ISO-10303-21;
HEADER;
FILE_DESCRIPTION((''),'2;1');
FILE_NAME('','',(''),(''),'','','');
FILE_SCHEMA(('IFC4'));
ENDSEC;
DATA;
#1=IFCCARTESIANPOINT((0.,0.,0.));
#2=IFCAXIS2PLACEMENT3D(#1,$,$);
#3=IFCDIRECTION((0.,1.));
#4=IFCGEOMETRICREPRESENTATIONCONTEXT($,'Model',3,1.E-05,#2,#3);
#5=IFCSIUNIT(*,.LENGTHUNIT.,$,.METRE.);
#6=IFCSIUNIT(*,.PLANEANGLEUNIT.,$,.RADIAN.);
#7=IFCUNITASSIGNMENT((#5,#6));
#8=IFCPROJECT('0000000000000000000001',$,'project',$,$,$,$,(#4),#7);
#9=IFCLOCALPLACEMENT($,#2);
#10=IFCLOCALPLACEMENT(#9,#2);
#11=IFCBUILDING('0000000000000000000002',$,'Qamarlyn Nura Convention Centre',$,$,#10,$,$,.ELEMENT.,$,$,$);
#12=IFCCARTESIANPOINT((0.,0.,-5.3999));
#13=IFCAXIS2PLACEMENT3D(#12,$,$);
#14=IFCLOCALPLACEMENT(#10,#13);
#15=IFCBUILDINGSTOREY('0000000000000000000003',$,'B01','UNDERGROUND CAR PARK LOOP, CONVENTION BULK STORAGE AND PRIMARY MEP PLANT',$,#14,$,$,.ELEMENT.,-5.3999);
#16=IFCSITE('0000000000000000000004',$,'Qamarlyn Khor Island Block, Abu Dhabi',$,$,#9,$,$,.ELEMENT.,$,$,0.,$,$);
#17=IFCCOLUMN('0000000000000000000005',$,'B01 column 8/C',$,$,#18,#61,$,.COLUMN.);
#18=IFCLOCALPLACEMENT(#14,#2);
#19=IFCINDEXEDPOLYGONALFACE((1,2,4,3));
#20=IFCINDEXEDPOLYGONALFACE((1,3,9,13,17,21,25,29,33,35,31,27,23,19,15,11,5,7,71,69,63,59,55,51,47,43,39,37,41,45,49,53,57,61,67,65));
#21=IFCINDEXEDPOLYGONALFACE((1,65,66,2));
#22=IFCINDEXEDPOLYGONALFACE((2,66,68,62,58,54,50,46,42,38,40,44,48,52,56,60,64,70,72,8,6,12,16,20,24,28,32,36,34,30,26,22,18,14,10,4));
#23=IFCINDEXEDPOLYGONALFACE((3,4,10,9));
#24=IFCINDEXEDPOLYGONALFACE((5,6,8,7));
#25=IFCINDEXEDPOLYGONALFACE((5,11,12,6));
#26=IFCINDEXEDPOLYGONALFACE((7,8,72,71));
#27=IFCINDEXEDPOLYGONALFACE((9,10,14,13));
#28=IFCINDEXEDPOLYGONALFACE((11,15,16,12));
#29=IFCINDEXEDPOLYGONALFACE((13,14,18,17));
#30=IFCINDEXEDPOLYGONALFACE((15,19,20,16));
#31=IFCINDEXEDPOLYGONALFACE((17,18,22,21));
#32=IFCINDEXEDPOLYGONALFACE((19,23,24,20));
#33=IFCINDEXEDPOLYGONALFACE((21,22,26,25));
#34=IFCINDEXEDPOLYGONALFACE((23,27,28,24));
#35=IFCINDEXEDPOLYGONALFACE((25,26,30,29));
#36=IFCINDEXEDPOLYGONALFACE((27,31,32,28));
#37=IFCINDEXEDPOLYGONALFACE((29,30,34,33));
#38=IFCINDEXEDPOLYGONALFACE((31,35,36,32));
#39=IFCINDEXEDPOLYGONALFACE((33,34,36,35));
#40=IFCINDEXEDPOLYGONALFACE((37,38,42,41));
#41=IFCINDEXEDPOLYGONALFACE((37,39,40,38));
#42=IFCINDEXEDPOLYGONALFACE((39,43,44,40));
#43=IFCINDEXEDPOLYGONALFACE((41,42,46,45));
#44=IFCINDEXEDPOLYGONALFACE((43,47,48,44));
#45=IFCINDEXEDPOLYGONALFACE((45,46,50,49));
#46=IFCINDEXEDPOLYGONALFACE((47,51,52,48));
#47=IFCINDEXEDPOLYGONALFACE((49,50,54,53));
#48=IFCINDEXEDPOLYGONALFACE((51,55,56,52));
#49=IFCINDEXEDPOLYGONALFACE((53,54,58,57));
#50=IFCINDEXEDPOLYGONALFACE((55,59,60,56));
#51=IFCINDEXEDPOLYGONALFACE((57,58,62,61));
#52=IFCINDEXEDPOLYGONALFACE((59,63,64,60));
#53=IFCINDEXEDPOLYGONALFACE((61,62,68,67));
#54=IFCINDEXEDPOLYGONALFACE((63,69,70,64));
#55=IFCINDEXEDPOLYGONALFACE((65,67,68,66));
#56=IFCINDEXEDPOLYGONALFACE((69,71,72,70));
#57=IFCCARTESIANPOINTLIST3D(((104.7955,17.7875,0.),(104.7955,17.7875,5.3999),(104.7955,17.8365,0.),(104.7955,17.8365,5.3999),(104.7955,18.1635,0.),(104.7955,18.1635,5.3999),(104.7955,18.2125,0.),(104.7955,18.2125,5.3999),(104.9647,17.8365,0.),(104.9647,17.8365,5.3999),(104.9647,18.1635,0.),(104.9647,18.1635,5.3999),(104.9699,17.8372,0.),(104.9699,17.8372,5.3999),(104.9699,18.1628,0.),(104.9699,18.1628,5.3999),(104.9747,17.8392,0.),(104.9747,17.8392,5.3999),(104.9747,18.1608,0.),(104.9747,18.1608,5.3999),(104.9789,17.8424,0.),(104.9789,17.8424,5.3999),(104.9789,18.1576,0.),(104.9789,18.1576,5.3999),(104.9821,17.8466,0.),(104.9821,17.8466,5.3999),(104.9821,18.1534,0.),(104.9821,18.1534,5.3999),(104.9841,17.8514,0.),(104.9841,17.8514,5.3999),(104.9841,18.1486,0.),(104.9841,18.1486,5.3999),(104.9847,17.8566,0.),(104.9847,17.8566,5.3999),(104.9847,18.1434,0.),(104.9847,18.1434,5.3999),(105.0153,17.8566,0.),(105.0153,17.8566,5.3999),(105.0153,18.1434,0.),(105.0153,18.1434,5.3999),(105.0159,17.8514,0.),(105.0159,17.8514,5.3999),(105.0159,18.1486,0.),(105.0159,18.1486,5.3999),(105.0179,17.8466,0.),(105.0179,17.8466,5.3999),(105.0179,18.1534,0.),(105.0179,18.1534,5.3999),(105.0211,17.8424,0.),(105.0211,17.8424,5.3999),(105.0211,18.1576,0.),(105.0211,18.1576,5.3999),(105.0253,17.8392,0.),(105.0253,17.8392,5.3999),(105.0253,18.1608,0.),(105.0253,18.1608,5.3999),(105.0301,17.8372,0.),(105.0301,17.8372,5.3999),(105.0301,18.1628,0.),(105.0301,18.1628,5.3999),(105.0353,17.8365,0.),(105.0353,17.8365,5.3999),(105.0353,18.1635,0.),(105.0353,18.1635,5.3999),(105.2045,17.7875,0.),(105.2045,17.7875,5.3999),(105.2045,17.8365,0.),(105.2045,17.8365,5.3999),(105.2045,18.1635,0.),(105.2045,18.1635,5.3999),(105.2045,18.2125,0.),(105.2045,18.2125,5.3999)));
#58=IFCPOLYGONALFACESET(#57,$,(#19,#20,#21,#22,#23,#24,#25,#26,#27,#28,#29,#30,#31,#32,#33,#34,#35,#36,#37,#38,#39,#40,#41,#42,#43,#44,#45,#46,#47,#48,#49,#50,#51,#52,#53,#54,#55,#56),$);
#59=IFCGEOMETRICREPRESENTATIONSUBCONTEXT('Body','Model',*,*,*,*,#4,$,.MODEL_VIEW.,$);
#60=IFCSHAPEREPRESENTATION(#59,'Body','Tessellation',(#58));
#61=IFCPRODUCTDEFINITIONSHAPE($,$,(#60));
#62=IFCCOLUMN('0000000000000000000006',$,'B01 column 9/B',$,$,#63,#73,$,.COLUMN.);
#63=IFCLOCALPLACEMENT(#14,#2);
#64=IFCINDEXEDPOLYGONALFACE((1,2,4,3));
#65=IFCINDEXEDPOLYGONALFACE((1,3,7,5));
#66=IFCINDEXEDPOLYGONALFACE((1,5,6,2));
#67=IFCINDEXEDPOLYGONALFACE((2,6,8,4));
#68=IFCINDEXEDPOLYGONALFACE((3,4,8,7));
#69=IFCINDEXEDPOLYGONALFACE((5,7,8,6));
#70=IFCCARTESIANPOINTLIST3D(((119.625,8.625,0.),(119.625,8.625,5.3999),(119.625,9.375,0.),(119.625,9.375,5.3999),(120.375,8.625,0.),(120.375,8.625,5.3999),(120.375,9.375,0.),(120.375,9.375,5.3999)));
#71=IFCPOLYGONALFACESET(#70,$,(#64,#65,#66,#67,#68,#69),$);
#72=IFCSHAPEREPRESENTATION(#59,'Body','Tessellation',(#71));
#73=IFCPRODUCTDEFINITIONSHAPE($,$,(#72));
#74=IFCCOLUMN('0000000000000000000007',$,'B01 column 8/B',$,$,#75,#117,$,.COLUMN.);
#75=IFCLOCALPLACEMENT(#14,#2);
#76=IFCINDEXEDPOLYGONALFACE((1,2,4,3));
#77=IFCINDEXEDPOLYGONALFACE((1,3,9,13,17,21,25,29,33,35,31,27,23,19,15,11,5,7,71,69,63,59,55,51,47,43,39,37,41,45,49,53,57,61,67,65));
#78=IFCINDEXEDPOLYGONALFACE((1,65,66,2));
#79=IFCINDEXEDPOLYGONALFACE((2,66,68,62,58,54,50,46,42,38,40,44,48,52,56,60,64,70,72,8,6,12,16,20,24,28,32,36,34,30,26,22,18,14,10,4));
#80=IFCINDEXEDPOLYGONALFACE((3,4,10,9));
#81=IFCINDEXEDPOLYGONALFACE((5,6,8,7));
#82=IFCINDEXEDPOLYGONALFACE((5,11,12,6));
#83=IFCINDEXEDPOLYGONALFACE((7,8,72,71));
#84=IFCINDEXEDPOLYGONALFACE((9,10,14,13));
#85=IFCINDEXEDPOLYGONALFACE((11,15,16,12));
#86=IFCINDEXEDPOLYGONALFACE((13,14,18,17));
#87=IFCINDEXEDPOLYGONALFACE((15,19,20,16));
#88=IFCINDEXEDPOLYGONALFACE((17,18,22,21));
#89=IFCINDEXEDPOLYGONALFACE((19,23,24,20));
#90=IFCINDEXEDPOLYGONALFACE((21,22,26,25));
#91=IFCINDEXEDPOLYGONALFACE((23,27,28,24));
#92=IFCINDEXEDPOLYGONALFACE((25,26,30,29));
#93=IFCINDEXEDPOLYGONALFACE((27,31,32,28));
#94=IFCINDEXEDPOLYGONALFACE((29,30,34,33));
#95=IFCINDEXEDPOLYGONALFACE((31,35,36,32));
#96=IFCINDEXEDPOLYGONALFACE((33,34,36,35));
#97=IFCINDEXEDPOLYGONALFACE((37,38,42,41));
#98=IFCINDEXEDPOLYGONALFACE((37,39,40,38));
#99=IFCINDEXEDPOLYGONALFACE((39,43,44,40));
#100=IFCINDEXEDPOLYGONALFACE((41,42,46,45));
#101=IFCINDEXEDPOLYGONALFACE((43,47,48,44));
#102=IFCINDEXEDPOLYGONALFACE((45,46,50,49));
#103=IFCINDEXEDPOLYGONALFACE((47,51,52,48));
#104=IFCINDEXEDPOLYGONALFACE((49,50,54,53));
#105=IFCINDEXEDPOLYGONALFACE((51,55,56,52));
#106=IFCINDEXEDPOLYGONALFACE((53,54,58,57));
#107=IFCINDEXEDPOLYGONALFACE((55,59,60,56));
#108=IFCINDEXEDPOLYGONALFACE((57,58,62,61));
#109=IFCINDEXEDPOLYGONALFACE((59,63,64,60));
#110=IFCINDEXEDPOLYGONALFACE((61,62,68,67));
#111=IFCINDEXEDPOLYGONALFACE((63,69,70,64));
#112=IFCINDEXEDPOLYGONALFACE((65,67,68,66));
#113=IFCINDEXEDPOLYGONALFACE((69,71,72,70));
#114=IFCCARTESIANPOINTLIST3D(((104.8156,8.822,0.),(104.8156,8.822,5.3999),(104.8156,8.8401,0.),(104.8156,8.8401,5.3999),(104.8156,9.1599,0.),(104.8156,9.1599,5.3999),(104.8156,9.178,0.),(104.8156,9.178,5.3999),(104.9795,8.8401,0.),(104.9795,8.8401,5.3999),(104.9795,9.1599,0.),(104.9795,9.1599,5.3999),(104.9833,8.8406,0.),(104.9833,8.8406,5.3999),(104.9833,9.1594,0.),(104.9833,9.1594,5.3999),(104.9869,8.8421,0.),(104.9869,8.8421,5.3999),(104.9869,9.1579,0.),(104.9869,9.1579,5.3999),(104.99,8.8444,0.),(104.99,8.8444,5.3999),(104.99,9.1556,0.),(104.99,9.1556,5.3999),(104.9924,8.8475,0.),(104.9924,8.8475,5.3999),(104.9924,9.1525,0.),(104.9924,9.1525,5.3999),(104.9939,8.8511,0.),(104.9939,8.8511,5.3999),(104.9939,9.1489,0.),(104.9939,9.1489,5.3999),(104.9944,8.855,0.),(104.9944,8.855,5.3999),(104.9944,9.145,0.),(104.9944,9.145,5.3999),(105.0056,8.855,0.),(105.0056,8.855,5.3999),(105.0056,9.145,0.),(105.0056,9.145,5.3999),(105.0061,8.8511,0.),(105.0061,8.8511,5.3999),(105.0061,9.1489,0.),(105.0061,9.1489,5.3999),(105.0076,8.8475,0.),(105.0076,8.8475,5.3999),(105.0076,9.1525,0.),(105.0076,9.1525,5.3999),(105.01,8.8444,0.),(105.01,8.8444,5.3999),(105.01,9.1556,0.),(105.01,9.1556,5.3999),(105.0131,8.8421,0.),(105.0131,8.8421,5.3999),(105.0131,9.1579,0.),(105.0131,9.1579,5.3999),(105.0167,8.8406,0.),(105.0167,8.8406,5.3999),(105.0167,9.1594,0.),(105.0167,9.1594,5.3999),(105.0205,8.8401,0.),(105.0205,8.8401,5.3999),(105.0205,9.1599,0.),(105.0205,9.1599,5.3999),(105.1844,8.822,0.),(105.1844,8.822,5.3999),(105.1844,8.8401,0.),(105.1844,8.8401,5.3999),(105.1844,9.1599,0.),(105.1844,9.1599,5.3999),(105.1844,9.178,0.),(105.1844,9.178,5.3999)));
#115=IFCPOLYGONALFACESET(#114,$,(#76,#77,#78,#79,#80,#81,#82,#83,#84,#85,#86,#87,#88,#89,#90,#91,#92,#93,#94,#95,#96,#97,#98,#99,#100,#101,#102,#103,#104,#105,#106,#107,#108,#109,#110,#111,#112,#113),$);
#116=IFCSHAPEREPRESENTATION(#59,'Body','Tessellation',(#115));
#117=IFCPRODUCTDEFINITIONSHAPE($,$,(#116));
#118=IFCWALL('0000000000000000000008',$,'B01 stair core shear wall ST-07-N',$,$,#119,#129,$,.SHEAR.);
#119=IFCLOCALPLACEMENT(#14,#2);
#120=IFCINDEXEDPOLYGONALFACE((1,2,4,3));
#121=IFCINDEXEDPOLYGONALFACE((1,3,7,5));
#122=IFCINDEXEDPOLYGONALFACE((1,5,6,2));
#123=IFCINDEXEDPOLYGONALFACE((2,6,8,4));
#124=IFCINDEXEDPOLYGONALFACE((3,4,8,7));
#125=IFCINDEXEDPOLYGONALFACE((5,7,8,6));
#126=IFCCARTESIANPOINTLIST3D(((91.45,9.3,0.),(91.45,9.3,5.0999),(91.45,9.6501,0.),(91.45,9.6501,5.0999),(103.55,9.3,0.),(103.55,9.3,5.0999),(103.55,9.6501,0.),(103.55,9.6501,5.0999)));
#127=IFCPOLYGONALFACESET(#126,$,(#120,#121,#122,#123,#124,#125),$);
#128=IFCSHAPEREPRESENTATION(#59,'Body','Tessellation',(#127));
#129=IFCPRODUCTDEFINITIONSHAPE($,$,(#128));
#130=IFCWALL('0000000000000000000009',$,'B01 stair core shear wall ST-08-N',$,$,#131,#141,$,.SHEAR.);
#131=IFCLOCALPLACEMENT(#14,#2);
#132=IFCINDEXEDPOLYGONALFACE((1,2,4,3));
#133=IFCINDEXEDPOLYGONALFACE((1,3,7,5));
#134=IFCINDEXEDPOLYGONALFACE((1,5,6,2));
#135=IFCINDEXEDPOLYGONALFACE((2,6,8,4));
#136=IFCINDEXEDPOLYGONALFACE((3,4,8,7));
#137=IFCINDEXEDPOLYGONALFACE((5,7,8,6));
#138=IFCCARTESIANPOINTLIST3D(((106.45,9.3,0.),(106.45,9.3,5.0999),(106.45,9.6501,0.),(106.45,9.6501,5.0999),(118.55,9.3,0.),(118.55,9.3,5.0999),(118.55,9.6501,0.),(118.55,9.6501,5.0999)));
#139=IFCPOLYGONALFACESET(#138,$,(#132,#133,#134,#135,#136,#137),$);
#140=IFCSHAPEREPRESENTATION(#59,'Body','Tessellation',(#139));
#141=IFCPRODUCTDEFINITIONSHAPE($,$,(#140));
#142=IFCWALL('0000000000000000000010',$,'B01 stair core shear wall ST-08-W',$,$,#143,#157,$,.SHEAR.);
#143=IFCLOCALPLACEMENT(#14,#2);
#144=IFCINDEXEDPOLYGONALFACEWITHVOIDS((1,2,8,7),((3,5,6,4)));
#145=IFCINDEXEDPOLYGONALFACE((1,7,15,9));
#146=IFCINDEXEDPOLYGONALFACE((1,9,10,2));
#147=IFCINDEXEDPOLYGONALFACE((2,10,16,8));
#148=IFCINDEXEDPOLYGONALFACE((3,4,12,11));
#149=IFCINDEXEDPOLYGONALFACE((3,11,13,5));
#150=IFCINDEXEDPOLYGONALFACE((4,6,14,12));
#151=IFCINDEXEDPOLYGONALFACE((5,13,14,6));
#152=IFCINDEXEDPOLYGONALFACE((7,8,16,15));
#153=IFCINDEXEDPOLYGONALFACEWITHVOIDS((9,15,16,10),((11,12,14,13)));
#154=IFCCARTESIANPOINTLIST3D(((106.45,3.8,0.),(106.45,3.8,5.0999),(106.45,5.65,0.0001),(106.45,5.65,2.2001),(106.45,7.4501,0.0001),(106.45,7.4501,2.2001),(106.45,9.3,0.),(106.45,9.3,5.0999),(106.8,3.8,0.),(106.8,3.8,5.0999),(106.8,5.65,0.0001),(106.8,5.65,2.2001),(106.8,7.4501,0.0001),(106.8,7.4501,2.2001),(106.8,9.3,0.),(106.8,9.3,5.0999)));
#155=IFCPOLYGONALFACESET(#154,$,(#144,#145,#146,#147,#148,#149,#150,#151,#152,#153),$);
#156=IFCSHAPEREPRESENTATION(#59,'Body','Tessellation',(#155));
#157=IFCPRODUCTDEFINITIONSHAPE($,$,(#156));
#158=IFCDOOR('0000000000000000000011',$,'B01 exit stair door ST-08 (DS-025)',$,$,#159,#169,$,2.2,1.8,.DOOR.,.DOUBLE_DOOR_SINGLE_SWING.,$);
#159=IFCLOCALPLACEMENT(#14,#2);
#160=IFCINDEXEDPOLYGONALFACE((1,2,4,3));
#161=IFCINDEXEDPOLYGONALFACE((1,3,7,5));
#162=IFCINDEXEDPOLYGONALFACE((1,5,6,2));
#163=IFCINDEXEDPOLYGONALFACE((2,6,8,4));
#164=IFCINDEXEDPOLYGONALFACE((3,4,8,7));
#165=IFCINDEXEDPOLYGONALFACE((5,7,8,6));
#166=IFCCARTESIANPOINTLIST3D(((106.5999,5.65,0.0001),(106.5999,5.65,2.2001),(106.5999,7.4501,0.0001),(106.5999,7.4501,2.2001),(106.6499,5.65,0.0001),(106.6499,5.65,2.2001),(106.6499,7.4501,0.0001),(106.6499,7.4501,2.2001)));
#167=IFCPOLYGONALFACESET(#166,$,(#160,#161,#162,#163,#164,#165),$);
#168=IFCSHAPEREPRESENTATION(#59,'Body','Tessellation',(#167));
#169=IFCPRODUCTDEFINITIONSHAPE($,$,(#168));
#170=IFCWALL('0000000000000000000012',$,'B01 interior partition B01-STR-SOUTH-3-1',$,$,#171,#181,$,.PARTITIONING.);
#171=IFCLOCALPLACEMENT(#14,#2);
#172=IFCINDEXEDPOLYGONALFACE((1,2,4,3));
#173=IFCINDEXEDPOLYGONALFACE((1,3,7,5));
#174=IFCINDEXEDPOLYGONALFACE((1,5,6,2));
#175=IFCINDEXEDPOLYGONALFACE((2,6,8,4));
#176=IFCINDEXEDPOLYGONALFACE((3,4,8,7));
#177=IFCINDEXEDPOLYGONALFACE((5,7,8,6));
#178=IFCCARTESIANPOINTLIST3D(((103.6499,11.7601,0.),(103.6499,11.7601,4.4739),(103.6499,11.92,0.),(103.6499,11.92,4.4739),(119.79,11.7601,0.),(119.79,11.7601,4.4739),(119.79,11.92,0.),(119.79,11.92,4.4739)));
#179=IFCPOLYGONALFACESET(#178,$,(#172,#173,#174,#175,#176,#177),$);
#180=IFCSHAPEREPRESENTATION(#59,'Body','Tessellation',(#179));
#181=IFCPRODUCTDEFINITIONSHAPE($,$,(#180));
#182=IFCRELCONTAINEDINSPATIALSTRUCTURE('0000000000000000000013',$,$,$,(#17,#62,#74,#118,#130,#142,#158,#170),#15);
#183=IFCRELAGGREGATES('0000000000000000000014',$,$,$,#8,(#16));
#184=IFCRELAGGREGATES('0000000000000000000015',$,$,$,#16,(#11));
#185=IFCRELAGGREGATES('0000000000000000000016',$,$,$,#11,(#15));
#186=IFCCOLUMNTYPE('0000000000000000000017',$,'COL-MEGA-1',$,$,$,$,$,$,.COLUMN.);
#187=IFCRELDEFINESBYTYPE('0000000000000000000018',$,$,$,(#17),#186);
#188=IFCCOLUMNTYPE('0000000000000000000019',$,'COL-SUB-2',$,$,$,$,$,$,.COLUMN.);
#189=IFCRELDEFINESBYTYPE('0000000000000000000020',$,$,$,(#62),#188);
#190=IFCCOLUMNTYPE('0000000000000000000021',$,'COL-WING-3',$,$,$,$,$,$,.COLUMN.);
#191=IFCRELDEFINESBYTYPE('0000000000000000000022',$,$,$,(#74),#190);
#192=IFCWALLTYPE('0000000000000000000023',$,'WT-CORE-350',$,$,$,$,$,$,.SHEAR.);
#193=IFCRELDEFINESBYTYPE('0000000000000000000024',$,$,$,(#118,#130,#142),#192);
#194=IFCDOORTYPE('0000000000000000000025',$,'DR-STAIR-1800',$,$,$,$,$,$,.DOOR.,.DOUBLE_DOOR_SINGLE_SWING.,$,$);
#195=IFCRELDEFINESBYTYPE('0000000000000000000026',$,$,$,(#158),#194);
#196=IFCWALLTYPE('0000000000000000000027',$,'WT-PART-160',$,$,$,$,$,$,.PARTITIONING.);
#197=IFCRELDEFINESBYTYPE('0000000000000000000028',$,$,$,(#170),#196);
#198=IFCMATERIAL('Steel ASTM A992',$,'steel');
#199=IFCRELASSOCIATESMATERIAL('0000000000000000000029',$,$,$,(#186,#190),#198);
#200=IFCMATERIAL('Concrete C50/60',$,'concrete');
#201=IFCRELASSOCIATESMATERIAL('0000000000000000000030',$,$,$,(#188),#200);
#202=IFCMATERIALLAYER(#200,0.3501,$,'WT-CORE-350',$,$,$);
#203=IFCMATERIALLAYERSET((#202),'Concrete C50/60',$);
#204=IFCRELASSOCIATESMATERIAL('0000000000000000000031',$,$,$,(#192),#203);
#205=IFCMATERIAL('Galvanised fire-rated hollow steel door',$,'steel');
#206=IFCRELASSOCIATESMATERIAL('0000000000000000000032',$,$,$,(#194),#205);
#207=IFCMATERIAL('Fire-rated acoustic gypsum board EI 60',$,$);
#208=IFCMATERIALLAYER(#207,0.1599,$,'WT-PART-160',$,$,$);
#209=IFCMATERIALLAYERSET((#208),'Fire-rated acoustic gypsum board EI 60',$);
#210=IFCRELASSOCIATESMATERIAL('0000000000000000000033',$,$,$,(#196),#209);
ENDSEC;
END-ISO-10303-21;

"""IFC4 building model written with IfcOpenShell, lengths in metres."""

from ifc_helpers import new_model, si_unit, direction, frame, frame_2d, origin, origin_2d, place, context, subcontext, project, spatial, rectangle, i_section, extrude, material, layer, layer_set, material_profile, profile_set, type_object, element, fill, save


model = new_model("IFC4")

# Units and contexts
model_context = context("Model", 3, precision=1e-05, world=origin(), true_north=direction((0.0, 1.0)))
body_context = subcontext(model_context, "Body", "Model", "MODEL_VIEW")
ifc_project = project(units=[si_unit("LENGTHUNIT", "METRE"), si_unit("PLANEANGLEUNIT", "RADIAN")], contexts=[model_context])

# Site, building, storey
site_placement = place(None, origin())
site = spatial("IfcSite", under=ifc_project, at=site_placement, Name="Qamarlyn Khor Island Block, Abu Dhabi", CompositionType="ELEMENT", RefElevation=0.0)
building_placement = place(site_placement, origin())
building = spatial("IfcBuilding", under=site, at=building_placement, Name="Qamarlyn Nura Convention Centre", CompositionType="ELEMENT")
storey_placement = place(building_placement, frame((0.0, 0.0, -5.3999)))
storey = spatial("IfcBuildingStorey", under=building, at=storey_placement, Name="B01", Description="UNDERGROUND CAR PARK LOOP, CONVENTION BULK STORAGE AND PRIMARY MEP PLANT", CompositionType="ELEMENT", Elevation=-5.3999)

# Columns
ifc_material_1 = material(Name="Steel ASTM A992", Category="steel")
ifc_material_profile_1 = material_profile(ifc_material_1, i_section(OverallWidth=0.4089, OverallDepth=0.425, WebThickness=0.0305, FlangeThickness=0.0491, FilletRadius=0.02, at=origin_2d()), Name="W360X421")
ifc_profile_set_1 = profile_set([ifc_material_profile_1], Name="Steel ASTM A992")
column_type_1 = type_object("IfcColumnType", Name="COL-MEGA-1", PredefinedType="COLUMN", material=ifc_profile_set_1)
column_1_placement = place(storey_placement, frame((105.0, 18.0, 0.0), z_axis=(0.0, 0.0, 1.0), x_axis=(1.0, 0.0, 0.0)))
element("IfcColumn", 1, at=column_1_placement, inside=storey, type_object=column_type_1, Name="B01 column 8/C", PredefinedType="COLUMN", context=body_context, shape_type="SweptSolid", body=[
    extrude(i_section(OverallWidth=0.4089, OverallDepth=0.425, WebThickness=0.0305, FlangeThickness=0.0491, FilletRadius=0.02, at=origin_2d()), origin(), (0.0, 0.0, 1.0), 5.3999),
])
ifc_material_2 = material(Name="Concrete C50/60", Category="concrete")
ifc_material_profile_2 = material_profile(ifc_material_2, rectangle(XDim=0.75, YDim=0.75, at=origin_2d()), Name="RC 750x750")
ifc_profile_set_2 = profile_set([ifc_material_profile_2], Name="Concrete C50/60")
column_type_2 = type_object("IfcColumnType", Name="COL-SUB-2", PredefinedType="COLUMN", material=ifc_profile_set_2)
column_2_placement = place(storey_placement, frame((120.0, 9.0, 0.0), z_axis=(0.0, 0.0, 1.0), x_axis=(1.0, 0.0, 0.0)))
element("IfcColumn", 2, at=column_2_placement, inside=storey, type_object=column_type_2, Name="B01 column 9/B", PredefinedType="COLUMN", context=body_context, shape_type="SweptSolid", body=[
    extrude(rectangle(XDim=0.75, YDim=0.75, at=origin_2d()), origin(), (0.0, 0.0, 1.0), 5.3999),
])
ifc_material_profile_3 = material_profile(ifc_material_1, i_section(OverallWidth=0.3689, OverallDepth=0.356, WebThickness=0.0112, FlangeThickness=0.0181, FilletRadius=0.0149, at=origin_2d()), Name="W360X134")
ifc_profile_set_3 = profile_set([ifc_material_profile_3], Name="Steel ASTM A992")
column_type_3 = type_object("IfcColumnType", Name="COL-WING-3", PredefinedType="COLUMN", material=ifc_profile_set_3)
column_3_placement = place(storey_placement, frame((105.0, 9.0, 0.0), z_axis=(0.0, 0.0, 1.0), x_axis=(1.0, 0.0, 0.0)))
element("IfcColumn", 3, at=column_3_placement, inside=storey, type_object=column_type_3, Name="B01 column 8/B", PredefinedType="COLUMN", context=body_context, shape_type="SweptSolid", body=[
    extrude(i_section(OverallWidth=0.3689, OverallDepth=0.356, WebThickness=0.0112, FlangeThickness=0.0181, FilletRadius=0.0149, at=origin_2d()), origin(), (0.0, 0.0, 1.0), 5.3999),
])

# Walls
ifc_layer_1 = layer(ifc_material_2, 0.3501, Name="WT-CORE-350")
ifc_layer_set_1 = layer_set([ifc_layer_1], Name="Concrete C50/60")
wall_type_1 = type_object("IfcWallType", Name="WT-CORE-350", PredefinedType="SHEAR", material=ifc_layer_set_1)
for number, where, z_axis, x_axis, name in (
    (4, (103.55, 9.4751, 0.0), (0.0, 0.0, 1.0), (-1.0, 0.0, 0.0), "B01 stair core shear wall ST-07-N"),
    (5, (118.55, 9.4751, 0.0), (0.0, 0.0, 1.0), (-1.0, 0.0, 0.0), "B01 stair core shear wall ST-08-N"),
):
    element("IfcWall", number, at=place(storey_placement, frame(where, z_axis=z_axis, x_axis=x_axis)), inside=storey, type_object=wall_type_1, Name=name, PredefinedType="SHEAR", context=body_context, shape_type="SweptSolid", body=[
        extrude(rectangle(XDim=12.1001, YDim=0.3501, at=frame_2d((6.05, 0.0))), origin(), (0.0, 0.0, 1.0), 5.0999),
    ])

# Wall, opening, door
wall_1_placement = place(storey_placement, frame((106.625, 9.3, 0.0), z_axis=(0.0, 0.0, 1.0), x_axis=(0.0, -1.0, 0.0)))
wall_1 = element("IfcWall", 6, at=wall_1_placement, inside=storey, type_object=wall_type_1, Name="B01 stair core shear wall ST-08-W", PredefinedType="SHEAR", context=body_context, shape_type="SweptSolid", body=[
    extrude(rectangle(XDim=5.5, YDim=0.3501, at=frame_2d((2.75, 0.0))), origin(), (0.0, 0.0, 1.0), 5.0999),
])
opening_1_placement = place(wall_1_placement, frame((1.8501, 0.0, 0.0)))
opening_1 = element("IfcOpeningElement", 7, at=opening_1_placement, cuts=wall_1, PredefinedType="OPENING", context=body_context, shape_type="SweptSolid", body=[
    extrude(rectangle(XDim=1.8, YDim=2.2, at=frame_2d((0.8999, 1.1001))), frame((0.0, 0.1851, 0.0), z_axis=(0.0, -1.0, 0.0), x_axis=(1.0, 0.0, 0.0)), (0.0, 0.0, 1.0), 0.3701),
])
ifc_material_3 = material(Name="Galvanised fire-rated hollow steel door", Category="steel")
door_type_1 = type_object("IfcDoorType", Name="DR-STAIR-1800", OperationType="DOUBLE_DOOR_SINGLE_SWING", PredefinedType="DOOR", material=ifc_material_3)
door_1_placement = place(opening_1_placement, origin())
door_1 = element("IfcDoor", 8, at=door_1_placement, inside=storey, type_object=door_type_1, Name="B01 exit stair door ST-08 (DS-025)", OperationType="DOUBLE_DOOR_SINGLE_SWING", OverallHeight=2.2, OverallWidth=1.8, PredefinedType="DOOR", context=body_context, shape_type="SweptSolid", body=[
    extrude(rectangle(XDim=1.8, YDim=2.2, at=frame_2d((0.8999, 1.1001))), frame((0.0, 0.0249, 0.0), z_axis=(0.0, -1.0, 0.0), x_axis=(1.0, 0.0, 0.0)), (0.0, 0.0, 1.0), 0.05),
])
fill(opening_1, door_1)

# Wall
ifc_material_4 = material(Name="Fire-rated acoustic gypsum board EI 60")
ifc_layer_2 = layer(ifc_material_4, 0.1599, Name="WT-PART-160")
ifc_layer_set_2 = layer_set([ifc_layer_2], Name="Fire-rated acoustic gypsum board EI 60")
wall_type_2 = type_object("IfcWallType", Name="WT-PART-160", PredefinedType="PARTITIONING", material=ifc_layer_set_2)
wall_2_placement = place(storey_placement, frame((119.79, 11.8401, 0.0), z_axis=(0.0, 0.0, 1.0), x_axis=(-1.0, 0.0, 0.0)))
element("IfcWall", 9, at=wall_2_placement, inside=storey, type_object=wall_type_2, Name="B01 interior partition B01-STR-SOUTH-3-1", PredefinedType="PARTITIONING", context=body_context, shape_type="SweptSolid", body=[
    extrude(rectangle(XDim=16.1401, YDim=0.1599, at=frame_2d((8.0701, 0.0))), origin(), (0.0, 0.0, 1.0), 4.4739),
])

save(model, "model.ifc")
